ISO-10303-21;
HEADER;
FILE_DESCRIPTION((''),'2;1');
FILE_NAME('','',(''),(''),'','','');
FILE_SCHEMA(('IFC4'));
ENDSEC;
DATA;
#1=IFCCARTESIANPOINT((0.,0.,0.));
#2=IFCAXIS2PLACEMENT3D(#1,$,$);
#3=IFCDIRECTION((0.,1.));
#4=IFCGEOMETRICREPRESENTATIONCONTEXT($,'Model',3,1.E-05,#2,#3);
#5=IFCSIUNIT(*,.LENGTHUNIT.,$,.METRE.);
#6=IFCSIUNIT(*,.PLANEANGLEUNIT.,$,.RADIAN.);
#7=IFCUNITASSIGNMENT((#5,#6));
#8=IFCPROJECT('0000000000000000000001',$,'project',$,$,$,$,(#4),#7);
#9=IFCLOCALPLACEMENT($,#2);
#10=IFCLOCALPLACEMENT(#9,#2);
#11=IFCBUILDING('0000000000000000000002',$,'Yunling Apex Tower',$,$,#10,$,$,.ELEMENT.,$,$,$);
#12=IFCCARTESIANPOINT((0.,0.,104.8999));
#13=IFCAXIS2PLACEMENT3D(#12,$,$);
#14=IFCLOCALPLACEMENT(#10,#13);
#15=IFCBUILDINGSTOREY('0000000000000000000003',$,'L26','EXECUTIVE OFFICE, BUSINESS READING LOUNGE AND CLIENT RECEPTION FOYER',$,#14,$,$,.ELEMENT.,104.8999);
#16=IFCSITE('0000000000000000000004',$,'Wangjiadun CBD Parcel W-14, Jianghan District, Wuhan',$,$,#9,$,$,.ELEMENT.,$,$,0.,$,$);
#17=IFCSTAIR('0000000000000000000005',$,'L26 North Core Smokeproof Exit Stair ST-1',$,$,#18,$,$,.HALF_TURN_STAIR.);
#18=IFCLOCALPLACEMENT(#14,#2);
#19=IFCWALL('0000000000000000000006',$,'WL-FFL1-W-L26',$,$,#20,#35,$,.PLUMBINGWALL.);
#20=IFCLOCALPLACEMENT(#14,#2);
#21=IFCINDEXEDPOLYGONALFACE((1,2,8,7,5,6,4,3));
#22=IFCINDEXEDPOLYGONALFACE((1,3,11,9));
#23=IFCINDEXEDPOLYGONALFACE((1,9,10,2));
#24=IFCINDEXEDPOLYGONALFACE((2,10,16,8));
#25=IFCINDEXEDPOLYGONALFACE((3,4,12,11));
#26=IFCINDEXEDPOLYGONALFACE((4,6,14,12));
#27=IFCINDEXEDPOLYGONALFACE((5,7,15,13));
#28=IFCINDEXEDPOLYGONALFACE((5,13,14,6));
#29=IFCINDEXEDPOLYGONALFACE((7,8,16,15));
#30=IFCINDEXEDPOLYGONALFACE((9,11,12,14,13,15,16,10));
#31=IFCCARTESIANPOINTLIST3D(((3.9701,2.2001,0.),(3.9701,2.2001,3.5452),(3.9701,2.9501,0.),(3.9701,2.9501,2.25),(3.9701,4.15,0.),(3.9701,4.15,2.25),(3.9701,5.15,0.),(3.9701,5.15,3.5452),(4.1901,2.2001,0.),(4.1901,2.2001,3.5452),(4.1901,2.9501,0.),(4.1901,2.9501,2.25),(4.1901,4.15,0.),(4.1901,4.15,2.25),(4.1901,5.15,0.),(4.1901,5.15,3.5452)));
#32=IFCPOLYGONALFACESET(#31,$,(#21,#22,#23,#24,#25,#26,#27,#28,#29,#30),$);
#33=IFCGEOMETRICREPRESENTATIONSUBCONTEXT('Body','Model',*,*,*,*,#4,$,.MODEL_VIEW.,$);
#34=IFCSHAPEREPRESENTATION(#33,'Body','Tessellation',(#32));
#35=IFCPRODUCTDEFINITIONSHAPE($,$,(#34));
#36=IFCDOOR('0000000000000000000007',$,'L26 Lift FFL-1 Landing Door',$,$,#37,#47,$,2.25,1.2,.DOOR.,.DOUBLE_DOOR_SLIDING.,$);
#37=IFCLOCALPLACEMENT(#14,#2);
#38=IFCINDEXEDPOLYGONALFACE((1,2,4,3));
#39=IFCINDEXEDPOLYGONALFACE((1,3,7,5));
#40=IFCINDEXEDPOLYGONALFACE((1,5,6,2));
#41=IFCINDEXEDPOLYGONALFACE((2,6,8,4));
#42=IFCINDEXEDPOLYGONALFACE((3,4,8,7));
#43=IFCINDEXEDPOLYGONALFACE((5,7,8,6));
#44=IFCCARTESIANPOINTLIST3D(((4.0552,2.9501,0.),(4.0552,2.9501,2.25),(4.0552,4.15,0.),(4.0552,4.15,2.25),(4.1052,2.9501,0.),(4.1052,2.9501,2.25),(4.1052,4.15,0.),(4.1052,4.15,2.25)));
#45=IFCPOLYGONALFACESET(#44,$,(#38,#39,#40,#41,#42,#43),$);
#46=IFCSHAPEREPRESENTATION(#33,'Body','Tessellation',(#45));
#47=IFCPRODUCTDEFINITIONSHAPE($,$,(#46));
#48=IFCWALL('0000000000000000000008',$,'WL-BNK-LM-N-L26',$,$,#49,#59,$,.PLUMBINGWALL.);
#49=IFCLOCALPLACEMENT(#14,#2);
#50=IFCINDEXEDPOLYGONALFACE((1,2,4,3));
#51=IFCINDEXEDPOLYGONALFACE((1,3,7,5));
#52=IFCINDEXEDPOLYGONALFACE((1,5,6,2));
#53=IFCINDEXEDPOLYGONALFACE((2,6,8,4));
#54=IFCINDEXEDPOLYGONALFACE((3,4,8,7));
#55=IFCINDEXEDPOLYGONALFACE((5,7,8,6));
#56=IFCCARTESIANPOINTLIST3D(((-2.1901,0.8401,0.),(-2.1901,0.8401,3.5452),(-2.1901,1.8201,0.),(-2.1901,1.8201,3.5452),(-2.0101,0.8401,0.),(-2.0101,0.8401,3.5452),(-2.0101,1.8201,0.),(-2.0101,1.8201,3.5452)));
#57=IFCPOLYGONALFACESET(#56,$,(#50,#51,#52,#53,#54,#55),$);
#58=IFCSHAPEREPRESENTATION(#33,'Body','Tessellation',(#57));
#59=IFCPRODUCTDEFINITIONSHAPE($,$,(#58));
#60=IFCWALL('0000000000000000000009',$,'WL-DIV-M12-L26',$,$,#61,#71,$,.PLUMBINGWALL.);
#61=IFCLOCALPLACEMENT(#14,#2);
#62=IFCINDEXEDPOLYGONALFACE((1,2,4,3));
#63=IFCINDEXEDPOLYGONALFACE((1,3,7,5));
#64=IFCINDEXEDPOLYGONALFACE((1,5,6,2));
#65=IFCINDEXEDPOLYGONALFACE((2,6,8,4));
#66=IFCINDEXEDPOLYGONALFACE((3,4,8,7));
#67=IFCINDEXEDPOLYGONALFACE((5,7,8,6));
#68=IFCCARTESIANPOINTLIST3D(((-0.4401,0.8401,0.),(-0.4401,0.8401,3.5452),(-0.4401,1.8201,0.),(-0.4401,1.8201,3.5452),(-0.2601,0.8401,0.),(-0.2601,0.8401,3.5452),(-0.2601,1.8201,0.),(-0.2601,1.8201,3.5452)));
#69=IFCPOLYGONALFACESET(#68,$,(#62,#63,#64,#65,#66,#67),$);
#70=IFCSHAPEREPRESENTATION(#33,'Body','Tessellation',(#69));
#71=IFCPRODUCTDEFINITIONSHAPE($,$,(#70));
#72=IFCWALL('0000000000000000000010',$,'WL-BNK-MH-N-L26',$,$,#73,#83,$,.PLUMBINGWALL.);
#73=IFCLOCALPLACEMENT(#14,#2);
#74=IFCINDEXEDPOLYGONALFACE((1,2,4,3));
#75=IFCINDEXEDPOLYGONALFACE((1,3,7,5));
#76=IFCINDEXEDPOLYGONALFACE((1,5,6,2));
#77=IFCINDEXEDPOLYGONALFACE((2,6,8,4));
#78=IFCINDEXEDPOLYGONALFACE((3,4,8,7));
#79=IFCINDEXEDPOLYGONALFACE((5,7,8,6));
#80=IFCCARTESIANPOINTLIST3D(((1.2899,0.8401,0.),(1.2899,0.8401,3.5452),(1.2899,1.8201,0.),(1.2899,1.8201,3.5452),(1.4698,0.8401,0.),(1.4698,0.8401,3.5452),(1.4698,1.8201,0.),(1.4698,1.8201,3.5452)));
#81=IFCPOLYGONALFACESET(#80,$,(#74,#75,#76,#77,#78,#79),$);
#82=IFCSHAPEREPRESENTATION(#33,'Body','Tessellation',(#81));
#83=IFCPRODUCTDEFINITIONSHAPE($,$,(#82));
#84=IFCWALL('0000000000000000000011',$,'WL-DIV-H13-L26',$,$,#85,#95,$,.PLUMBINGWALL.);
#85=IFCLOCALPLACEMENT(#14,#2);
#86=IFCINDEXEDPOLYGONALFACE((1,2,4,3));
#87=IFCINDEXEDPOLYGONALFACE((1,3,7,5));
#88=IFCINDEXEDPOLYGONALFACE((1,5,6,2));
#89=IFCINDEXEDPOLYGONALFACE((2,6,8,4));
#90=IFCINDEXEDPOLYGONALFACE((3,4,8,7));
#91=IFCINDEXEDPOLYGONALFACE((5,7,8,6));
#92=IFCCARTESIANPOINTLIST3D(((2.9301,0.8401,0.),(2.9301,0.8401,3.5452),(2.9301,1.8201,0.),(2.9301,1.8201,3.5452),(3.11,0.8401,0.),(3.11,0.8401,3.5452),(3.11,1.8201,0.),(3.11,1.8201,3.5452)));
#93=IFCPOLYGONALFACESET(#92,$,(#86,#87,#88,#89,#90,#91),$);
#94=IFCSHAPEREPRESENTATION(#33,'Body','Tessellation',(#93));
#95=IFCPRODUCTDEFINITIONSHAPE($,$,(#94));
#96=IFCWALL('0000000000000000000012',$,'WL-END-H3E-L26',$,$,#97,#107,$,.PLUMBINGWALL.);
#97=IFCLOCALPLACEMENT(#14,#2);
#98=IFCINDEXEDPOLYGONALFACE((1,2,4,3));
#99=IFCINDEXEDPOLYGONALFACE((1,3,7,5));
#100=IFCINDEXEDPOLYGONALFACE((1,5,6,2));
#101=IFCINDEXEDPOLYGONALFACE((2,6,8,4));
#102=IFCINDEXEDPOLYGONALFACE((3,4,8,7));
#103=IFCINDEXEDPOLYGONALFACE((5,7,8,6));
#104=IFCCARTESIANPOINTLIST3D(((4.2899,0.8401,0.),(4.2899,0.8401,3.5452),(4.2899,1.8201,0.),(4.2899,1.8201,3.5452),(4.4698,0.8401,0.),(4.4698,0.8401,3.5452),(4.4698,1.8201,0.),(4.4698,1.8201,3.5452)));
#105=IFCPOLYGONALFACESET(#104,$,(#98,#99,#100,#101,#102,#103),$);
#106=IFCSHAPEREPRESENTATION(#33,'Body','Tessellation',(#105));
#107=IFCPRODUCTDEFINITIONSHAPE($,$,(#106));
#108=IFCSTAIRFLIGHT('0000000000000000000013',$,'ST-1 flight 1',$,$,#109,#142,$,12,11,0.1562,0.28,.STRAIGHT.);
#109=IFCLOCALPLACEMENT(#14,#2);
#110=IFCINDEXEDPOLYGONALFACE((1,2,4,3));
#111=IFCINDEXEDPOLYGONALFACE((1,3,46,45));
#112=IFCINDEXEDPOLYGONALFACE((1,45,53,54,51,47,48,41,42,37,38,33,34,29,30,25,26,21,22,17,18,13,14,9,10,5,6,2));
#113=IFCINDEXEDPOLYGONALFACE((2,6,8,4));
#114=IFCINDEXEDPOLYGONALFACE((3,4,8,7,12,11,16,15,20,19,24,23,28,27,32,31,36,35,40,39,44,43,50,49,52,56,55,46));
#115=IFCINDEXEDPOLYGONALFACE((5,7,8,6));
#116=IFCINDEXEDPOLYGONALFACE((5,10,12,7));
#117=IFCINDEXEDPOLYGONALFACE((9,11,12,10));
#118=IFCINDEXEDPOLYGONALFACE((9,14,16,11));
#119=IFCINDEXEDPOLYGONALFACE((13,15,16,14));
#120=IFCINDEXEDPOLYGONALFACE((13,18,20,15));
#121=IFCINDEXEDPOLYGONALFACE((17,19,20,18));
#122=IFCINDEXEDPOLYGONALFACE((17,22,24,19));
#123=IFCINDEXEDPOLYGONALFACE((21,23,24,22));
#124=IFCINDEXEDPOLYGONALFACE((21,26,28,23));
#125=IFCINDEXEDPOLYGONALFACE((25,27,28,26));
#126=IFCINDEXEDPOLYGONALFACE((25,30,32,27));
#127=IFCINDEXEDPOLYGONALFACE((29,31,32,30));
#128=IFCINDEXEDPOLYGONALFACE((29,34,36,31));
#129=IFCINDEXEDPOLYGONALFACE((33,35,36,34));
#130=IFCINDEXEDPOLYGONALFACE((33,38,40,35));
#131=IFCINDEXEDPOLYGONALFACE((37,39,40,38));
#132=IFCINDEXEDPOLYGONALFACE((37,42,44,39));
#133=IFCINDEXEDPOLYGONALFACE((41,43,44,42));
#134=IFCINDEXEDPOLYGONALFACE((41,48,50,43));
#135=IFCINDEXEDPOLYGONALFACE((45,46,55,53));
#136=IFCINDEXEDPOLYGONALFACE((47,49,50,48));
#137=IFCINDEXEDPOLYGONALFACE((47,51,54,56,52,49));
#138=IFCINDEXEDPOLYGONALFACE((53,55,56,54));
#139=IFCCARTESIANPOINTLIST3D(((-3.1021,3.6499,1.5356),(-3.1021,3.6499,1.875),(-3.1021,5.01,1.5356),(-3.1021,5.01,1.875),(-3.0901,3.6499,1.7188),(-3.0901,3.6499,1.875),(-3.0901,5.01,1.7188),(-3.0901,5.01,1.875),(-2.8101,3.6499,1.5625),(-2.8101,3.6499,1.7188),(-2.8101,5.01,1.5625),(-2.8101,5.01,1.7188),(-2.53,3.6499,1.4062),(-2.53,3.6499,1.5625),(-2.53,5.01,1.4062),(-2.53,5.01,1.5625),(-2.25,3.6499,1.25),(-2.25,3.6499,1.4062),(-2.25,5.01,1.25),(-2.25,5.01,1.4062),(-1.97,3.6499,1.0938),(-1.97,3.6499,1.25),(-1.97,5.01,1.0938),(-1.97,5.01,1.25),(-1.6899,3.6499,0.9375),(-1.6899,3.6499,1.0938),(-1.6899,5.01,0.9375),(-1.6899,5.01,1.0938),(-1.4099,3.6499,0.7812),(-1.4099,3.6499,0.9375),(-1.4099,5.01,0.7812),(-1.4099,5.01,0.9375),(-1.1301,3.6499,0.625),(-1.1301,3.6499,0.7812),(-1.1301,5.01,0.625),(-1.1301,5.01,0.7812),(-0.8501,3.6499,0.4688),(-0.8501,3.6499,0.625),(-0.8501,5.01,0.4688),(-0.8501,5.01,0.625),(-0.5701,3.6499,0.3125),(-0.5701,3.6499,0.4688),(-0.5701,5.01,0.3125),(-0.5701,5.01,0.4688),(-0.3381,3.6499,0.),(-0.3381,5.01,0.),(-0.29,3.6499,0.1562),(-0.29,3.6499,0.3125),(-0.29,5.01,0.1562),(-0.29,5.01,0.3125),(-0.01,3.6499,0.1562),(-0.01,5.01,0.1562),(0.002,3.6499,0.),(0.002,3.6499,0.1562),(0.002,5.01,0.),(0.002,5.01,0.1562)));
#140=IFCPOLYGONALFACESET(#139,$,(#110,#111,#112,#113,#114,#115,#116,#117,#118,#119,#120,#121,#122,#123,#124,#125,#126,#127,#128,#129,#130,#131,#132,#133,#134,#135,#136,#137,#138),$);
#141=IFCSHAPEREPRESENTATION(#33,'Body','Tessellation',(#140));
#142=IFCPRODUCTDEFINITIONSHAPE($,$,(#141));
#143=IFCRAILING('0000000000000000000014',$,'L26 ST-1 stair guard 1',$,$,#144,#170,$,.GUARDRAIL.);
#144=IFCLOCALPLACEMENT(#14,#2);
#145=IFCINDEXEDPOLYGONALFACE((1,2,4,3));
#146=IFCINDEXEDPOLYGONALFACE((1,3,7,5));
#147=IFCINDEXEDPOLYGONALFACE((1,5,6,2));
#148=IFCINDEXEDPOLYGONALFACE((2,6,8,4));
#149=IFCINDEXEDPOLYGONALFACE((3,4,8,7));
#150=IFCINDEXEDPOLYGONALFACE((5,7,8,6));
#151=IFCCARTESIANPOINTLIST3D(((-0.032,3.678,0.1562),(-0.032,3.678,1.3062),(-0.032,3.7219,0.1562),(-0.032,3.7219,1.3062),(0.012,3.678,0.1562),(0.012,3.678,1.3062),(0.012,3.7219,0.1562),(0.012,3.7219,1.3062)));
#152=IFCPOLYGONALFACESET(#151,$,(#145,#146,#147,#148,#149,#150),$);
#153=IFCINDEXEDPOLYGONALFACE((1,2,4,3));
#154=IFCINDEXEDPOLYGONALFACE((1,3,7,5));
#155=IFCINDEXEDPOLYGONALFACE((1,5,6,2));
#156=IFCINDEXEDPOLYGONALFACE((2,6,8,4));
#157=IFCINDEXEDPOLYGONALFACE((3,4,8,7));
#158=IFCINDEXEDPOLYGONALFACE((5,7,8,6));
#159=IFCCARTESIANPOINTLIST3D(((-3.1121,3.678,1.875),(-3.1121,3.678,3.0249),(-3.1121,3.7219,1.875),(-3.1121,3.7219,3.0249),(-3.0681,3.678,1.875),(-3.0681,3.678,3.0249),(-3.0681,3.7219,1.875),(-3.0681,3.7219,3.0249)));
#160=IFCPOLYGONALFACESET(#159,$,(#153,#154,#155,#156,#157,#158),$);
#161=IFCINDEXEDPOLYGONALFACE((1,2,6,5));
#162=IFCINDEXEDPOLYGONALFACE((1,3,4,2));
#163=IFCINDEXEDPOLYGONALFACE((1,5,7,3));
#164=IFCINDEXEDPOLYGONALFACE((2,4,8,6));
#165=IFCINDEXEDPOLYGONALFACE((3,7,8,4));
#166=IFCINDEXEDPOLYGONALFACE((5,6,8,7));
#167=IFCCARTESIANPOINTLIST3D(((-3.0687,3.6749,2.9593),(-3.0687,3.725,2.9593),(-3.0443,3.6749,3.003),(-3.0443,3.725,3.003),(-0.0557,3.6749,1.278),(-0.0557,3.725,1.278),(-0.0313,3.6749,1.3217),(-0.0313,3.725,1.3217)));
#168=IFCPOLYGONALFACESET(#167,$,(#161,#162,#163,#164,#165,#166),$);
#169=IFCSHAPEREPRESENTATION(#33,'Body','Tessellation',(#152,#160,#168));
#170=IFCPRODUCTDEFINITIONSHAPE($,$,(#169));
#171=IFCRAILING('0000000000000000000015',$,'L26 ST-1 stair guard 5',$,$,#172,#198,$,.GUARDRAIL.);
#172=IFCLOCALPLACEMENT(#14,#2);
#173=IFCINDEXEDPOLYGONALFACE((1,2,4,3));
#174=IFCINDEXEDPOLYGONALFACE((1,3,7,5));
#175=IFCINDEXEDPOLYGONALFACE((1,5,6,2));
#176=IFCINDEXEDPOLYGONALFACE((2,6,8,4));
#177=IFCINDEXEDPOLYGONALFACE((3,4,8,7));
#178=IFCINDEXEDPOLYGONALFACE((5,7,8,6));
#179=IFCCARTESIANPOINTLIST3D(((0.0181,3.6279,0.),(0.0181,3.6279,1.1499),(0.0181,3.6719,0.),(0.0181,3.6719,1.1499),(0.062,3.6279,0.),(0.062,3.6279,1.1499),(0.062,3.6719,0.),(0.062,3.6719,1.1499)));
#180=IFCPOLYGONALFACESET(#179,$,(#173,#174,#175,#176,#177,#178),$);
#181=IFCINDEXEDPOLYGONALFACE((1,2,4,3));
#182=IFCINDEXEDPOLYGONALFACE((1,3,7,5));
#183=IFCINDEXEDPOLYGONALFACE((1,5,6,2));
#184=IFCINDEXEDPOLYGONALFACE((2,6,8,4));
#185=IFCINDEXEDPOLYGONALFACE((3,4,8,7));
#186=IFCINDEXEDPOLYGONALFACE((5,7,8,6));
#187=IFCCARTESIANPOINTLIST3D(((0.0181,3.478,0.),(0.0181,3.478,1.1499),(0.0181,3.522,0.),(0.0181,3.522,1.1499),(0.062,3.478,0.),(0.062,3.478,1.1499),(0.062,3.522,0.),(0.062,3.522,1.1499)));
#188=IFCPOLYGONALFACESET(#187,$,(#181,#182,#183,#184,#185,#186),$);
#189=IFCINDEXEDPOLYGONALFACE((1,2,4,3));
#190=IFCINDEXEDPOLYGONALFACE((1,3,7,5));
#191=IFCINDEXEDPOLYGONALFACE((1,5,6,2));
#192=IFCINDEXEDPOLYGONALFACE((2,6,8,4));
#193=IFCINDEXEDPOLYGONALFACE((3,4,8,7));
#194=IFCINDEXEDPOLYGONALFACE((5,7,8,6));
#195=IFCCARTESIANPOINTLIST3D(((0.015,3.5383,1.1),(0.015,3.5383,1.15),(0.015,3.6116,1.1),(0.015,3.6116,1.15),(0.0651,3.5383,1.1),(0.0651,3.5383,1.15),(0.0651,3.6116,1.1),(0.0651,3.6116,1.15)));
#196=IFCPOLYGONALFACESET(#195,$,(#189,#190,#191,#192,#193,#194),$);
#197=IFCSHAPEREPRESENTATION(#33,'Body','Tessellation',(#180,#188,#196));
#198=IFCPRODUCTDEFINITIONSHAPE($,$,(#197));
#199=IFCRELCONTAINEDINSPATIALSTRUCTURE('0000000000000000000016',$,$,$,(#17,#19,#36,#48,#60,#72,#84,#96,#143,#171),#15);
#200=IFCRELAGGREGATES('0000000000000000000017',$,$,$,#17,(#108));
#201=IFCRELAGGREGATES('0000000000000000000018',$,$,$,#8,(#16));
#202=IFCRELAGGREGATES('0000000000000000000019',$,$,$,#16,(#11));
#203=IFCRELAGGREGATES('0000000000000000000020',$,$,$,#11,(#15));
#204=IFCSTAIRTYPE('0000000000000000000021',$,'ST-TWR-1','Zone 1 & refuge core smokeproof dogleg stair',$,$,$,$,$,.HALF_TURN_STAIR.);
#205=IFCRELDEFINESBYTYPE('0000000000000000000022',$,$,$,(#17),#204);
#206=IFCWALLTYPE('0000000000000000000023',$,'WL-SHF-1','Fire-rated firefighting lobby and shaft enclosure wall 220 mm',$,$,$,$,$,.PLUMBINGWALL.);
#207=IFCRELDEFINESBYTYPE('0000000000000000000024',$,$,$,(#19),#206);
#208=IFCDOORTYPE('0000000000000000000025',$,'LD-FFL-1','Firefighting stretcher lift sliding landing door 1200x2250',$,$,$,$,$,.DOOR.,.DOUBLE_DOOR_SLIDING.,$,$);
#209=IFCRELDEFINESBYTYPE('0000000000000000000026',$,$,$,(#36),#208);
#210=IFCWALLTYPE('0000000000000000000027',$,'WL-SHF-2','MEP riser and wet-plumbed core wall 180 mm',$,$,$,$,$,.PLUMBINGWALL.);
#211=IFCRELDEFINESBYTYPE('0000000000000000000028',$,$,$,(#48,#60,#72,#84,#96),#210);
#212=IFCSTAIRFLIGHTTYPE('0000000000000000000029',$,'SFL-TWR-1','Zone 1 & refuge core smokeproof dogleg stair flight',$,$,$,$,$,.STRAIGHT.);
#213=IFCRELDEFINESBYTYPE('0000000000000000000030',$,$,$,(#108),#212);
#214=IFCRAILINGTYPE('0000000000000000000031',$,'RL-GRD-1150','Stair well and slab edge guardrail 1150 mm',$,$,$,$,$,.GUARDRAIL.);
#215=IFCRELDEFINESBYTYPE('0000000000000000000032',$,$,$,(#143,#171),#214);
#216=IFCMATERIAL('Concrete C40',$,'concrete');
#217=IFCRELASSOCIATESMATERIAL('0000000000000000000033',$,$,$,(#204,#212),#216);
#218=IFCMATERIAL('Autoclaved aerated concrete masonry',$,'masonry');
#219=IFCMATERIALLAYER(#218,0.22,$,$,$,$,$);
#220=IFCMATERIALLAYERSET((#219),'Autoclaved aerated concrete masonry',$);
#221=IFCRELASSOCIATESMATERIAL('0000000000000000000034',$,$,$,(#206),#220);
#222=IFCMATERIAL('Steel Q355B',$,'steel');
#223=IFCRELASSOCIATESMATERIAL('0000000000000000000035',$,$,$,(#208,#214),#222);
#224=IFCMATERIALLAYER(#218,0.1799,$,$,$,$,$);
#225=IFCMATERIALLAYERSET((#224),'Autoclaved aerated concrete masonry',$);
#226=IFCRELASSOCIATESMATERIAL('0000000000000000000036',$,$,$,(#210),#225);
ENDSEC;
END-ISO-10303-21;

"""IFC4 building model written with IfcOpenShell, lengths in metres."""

from ifc_helpers import new_model, si_unit, direction, frame, frame_2d, origin, origin_2d, place, context, subcontext, project, spatial, polyline, rectangle, outline, extrude, material, layer, layer_set, type_object, element, fill, aggregate, save


model = new_model("IFC4")

# Units and contexts
model_context = context("Model", 3, precision=1e-05, world=origin(), true_north=direction((0.0, 1.0)))
body_context = subcontext(model_context, "Body", "Model", "MODEL_VIEW")
ifc_project = project(units=[si_unit("LENGTHUNIT", "METRE"), si_unit("PLANEANGLEUNIT", "RADIAN")], contexts=[model_context])

# Site, building, storey
site_placement = place(None, origin())
site = spatial("IfcSite", under=ifc_project, at=site_placement, Name="Wangjiadun CBD Parcel W-14, Jianghan District, Wuhan", CompositionType="ELEMENT", RefElevation=0.0)
building_placement = place(site_placement, origin())
building = spatial("IfcBuilding", under=site, at=building_placement, Name="Yunling Apex Tower", CompositionType="ELEMENT")
storey_placement = place(building_placement, frame((0.0, 0.0, 104.8999)))
storey = spatial("IfcBuildingStorey", under=building, at=storey_placement, Name="L26", Description="EXECUTIVE OFFICE, BUSINESS READING LOUNGE AND CLIENT RECEPTION FOYER", CompositionType="ELEMENT", Elevation=104.8999)

# Shared definitions
ifc_material_1 = material(Name="Concrete C40", Category="concrete")

# Stair
stair_type = type_object("IfcStairType", Name="ST-TWR-1", Description="Zone 1 & refuge core smokeproof dogleg stair", PredefinedType="HALF_TURN_STAIR", material=ifc_material_1)
stair_1_placement = place(storey_placement, origin())
stair_1 = element("IfcStair", 1, at=stair_1_placement, inside=storey, type_object=stair_type, Name="L26 North Core Smokeproof Exit Stair ST-1", PredefinedType="HALF_TURN_STAIR")

# Wall, opening, door
ifc_material_2 = material(Name="Autoclaved aerated concrete masonry", Category="masonry")
ifc_layer_1 = layer(ifc_material_2, 0.22)
ifc_layer_set_1 = layer_set([ifc_layer_1], Name="Autoclaved aerated concrete masonry")
wall_type_1 = type_object("IfcWallType", Name="WL-SHF-1", Description="Fire-rated firefighting lobby and shaft enclosure wall 220 mm", PredefinedType="PLUMBINGWALL", material=ifc_layer_set_1)
ifc_material_3 = material(Name="Steel Q355B", Category="steel")
wall_1_placement = place(storey_placement, frame((4.0801, 2.2, 0.0), z_axis=(0.0, 0.0, 1.0), x_axis=(0.0, 1.0, 0.0)))
wall_1 = element("IfcWall", 2, at=wall_1_placement, inside=storey, type_object=wall_type_1, Name="WL-FFL1-W-L26", PredefinedType="PLUMBINGWALL", context=body_context, shape_type="SweptSolid", body=[
    extrude(rectangle(XDim=2.95, YDim=0.22, at=frame_2d((1.4751, 0.0))), origin(), (0.0, 0.0, 1.0), 3.5452),
])
opening_1_placement = place(wall_1_placement, frame((0.75, 0.0, 0.0)))
opening_1 = element("IfcOpeningElement", 3, at=opening_1_placement, cuts=wall_1, PredefinedType="OPENING", context=body_context, shape_type="SweptSolid", body=[
    extrude(rectangle(XDim=1.2, YDim=2.25, at=frame_2d((0.6001, 1.125))), frame((0.0, 0.1201, 0.0), z_axis=(0.0, -1.0, 0.0), x_axis=(1.0, 0.0, 0.0)), (0.0, 0.0, 1.0), 0.24),
])
door_type_1 = type_object("IfcDoorType", Name="LD-FFL-1", Description="Firefighting stretcher lift sliding landing door 1200x2250", OperationType="DOUBLE_DOOR_SLIDING", PredefinedType="DOOR", material=ifc_material_3)
door_1_placement = place(opening_1_placement, origin())
door_1 = element("IfcDoor", 4, at=door_1_placement, inside=storey, type_object=door_type_1, Name="L26 Lift FFL-1 Landing Door", OperationType="DOUBLE_DOOR_SLIDING", OverallHeight=2.25, OverallWidth=1.2, PredefinedType="DOOR", context=body_context, shape_type="SweptSolid", body=[
    extrude(rectangle(XDim=1.2, YDim=2.25, at=frame_2d((0.6001, 1.125))), frame((0.0, 0.0249, 0.0), z_axis=(0.0, -1.0, 0.0), x_axis=(1.0, 0.0, 0.0)), (0.0, 0.0, 1.0), 0.05),
])
fill(opening_1, door_1)

# Walls
ifc_layer_2 = layer(ifc_material_2, 0.1799)
ifc_layer_set_2 = layer_set([ifc_layer_2], Name="Autoclaved aerated concrete masonry")
wall_type_2 = type_object("IfcWallType", Name="WL-SHF-2", Description="MEP riser and wet-plumbed core wall 180 mm", PredefinedType="PLUMBINGWALL", material=ifc_layer_set_2)
for number, where, z_axis, x_axis, name in (
    (5, (-2.1001, 0.8401, 0.0), (0.0, 0.0, 1.0), (0.0, 1.0, 0.0), "WL-BNK-LM-N-L26"),
    (6, (-0.3501, 0.8401, 0.0), (0.0, 0.0, 1.0), (0.0, 1.0, 0.0), "WL-DIV-M12-L26"),
    (7, (1.3799, 0.8401, 0.0), (0.0, 0.0, 1.0), (0.0, 1.0, 0.0), "WL-BNK-MH-N-L26"),
    (8, (3.02, 0.8401, 0.0), (0.0, 0.0, 1.0), (0.0, 1.0, 0.0), "WL-DIV-H13-L26"),
    (9, (4.3799, 0.8401, 0.0), (0.0, 0.0, 1.0), (0.0, 1.0, 0.0), "WL-END-H3E-L26"),
):
    element("IfcWall", number, at=place(storey_placement, frame(where, z_axis=z_axis, x_axis=x_axis)), inside=storey, type_object=wall_type_2, Name=name, PredefinedType="PLUMBINGWALL", context=body_context, shape_type="SweptSolid", body=[
        extrude(rectangle(XDim=0.98, YDim=0.1799, at=frame_2d((0.49, 0.0))), origin(), (0.0, 0.0, 1.0), 3.5452),
    ])

# Stair flight
stair_flight_type = type_object("IfcStairFlightType", Name="SFL-TWR-1", Description="Zone 1 & refuge core smokeproof dogleg stair flight", PredefinedType="STRAIGHT", material=ifc_material_1)
stair_flight_placement = place(storey_placement, frame((-0.01, 4.3301, 0.0), z_axis=(0.0, 0.0, 1.0), x_axis=(-1.0, 0.0, 0.0)))
stair_flight = element("IfcStairFlight", 10, at=stair_flight_placement, type_object=stair_flight_type, Name="ST-1 flight 1", NumberOfRisers=12, NumberOfTreads=11, PredefinedType="STRAIGHT", RiserHeight=0.1562, TreadLength=0.28, context=body_context, shape_type="SweptSolid", body=[
    extrude(outline(polyline([(-0.012, 0.0), (-0.012, 0.1562), (0.0, 0.1562), (0.28, 0.1562), (0.28, 0.3125), (0.5601, 0.3125), (0.5601, 0.4688), (0.8401, 0.4688), (0.8401, 0.625), (1.1201, 0.625), (1.1201, 0.7812), (1.3999, 0.7812), (1.3999, 0.9375), (1.6799, 0.9375), (1.6799, 1.0938), (1.96, 1.0938), (1.96, 1.25), (2.24, 1.25), (2.24, 1.4062), (2.52, 1.4062), (2.52, 1.5625), (2.8, 1.5625), (2.8, 1.7188), (3.0801, 1.7188), (3.0801, 1.875), (3.092, 1.875), (3.092, 1.5356), (0.3281, 0.0), (-0.012, 0.0)])), frame((0.0, 0.6802, 0.0), z_axis=(0.0, -1.0, 0.0), x_axis=(1.0, 0.0, 0.0)), (0.0, 0.0, 1.0), 1.3601),
])
aggregate(stair_1, [stair_flight])

# Railings
railing_type_1 = type_object("IfcRailingType", Name="RL-GRD-1150", Description="Stair well and slab edge guardrail 1150 mm", PredefinedType="GUARDRAIL", material=ifc_material_3)
railing_1_placement = place(storey_placement, frame((-0.01, 3.7, 0.1562)))
element("IfcRailing", 11, at=railing_1_placement, inside=storey, type_object=railing_type_1, Name="L26 ST-1 stair guard 1", PredefinedType="GUARDRAIL", context=body_context, shape_type="SweptSolid", body=[
    extrude(rectangle(XDim=0.0439, YDim=0.0439, at=origin_2d()), origin(), (0.0, 0.0, 1.0), 1.1499),
    extrude(rectangle(XDim=0.0439, YDim=0.0439, at=origin_2d()), frame((-3.0801, 0.0, 1.7188)), (0.0, 0.0, 1.0), 1.1499),
    extrude(rectangle(XDim=0.05, YDim=0.05, at=origin_2d()), frame((-0.0334, 0.0, 1.1436), z_axis=(-0.873242, 0.0, 0.487288), x_axis=(0.0, -1.0, 0.0)), (0.0, 0.0, 1.0), 3.4504),
])
railing_2_placement = place(storey_placement, frame((0.04, 3.6499, 0.0)))
element("IfcRailing", 12, at=railing_2_placement, inside=storey, type_object=railing_type_1, Name="L26 ST-1 stair guard 5", PredefinedType="GUARDRAIL", context=body_context, shape_type="SweptSolid", body=[
    extrude(rectangle(XDim=0.0439, YDim=0.0439, at=origin_2d()), origin(), (0.0, 0.0, 1.0), 1.1499),
    extrude(rectangle(XDim=0.0439, YDim=0.0439, at=origin_2d()), frame((0.0, -0.1499, 0.0)), (0.0, 0.0, 1.0), 1.1499),
    extrude(rectangle(XDim=0.05, YDim=0.05, at=origin_2d()), frame((0.0, -0.0383, 1.125), z_axis=(0.0, -1.0, 0.0), x_axis=(1.0, 0.0, 0.0)), (0.0, 0.0, 1.0), 0.0732),
])

save(model, "model.ifc")
